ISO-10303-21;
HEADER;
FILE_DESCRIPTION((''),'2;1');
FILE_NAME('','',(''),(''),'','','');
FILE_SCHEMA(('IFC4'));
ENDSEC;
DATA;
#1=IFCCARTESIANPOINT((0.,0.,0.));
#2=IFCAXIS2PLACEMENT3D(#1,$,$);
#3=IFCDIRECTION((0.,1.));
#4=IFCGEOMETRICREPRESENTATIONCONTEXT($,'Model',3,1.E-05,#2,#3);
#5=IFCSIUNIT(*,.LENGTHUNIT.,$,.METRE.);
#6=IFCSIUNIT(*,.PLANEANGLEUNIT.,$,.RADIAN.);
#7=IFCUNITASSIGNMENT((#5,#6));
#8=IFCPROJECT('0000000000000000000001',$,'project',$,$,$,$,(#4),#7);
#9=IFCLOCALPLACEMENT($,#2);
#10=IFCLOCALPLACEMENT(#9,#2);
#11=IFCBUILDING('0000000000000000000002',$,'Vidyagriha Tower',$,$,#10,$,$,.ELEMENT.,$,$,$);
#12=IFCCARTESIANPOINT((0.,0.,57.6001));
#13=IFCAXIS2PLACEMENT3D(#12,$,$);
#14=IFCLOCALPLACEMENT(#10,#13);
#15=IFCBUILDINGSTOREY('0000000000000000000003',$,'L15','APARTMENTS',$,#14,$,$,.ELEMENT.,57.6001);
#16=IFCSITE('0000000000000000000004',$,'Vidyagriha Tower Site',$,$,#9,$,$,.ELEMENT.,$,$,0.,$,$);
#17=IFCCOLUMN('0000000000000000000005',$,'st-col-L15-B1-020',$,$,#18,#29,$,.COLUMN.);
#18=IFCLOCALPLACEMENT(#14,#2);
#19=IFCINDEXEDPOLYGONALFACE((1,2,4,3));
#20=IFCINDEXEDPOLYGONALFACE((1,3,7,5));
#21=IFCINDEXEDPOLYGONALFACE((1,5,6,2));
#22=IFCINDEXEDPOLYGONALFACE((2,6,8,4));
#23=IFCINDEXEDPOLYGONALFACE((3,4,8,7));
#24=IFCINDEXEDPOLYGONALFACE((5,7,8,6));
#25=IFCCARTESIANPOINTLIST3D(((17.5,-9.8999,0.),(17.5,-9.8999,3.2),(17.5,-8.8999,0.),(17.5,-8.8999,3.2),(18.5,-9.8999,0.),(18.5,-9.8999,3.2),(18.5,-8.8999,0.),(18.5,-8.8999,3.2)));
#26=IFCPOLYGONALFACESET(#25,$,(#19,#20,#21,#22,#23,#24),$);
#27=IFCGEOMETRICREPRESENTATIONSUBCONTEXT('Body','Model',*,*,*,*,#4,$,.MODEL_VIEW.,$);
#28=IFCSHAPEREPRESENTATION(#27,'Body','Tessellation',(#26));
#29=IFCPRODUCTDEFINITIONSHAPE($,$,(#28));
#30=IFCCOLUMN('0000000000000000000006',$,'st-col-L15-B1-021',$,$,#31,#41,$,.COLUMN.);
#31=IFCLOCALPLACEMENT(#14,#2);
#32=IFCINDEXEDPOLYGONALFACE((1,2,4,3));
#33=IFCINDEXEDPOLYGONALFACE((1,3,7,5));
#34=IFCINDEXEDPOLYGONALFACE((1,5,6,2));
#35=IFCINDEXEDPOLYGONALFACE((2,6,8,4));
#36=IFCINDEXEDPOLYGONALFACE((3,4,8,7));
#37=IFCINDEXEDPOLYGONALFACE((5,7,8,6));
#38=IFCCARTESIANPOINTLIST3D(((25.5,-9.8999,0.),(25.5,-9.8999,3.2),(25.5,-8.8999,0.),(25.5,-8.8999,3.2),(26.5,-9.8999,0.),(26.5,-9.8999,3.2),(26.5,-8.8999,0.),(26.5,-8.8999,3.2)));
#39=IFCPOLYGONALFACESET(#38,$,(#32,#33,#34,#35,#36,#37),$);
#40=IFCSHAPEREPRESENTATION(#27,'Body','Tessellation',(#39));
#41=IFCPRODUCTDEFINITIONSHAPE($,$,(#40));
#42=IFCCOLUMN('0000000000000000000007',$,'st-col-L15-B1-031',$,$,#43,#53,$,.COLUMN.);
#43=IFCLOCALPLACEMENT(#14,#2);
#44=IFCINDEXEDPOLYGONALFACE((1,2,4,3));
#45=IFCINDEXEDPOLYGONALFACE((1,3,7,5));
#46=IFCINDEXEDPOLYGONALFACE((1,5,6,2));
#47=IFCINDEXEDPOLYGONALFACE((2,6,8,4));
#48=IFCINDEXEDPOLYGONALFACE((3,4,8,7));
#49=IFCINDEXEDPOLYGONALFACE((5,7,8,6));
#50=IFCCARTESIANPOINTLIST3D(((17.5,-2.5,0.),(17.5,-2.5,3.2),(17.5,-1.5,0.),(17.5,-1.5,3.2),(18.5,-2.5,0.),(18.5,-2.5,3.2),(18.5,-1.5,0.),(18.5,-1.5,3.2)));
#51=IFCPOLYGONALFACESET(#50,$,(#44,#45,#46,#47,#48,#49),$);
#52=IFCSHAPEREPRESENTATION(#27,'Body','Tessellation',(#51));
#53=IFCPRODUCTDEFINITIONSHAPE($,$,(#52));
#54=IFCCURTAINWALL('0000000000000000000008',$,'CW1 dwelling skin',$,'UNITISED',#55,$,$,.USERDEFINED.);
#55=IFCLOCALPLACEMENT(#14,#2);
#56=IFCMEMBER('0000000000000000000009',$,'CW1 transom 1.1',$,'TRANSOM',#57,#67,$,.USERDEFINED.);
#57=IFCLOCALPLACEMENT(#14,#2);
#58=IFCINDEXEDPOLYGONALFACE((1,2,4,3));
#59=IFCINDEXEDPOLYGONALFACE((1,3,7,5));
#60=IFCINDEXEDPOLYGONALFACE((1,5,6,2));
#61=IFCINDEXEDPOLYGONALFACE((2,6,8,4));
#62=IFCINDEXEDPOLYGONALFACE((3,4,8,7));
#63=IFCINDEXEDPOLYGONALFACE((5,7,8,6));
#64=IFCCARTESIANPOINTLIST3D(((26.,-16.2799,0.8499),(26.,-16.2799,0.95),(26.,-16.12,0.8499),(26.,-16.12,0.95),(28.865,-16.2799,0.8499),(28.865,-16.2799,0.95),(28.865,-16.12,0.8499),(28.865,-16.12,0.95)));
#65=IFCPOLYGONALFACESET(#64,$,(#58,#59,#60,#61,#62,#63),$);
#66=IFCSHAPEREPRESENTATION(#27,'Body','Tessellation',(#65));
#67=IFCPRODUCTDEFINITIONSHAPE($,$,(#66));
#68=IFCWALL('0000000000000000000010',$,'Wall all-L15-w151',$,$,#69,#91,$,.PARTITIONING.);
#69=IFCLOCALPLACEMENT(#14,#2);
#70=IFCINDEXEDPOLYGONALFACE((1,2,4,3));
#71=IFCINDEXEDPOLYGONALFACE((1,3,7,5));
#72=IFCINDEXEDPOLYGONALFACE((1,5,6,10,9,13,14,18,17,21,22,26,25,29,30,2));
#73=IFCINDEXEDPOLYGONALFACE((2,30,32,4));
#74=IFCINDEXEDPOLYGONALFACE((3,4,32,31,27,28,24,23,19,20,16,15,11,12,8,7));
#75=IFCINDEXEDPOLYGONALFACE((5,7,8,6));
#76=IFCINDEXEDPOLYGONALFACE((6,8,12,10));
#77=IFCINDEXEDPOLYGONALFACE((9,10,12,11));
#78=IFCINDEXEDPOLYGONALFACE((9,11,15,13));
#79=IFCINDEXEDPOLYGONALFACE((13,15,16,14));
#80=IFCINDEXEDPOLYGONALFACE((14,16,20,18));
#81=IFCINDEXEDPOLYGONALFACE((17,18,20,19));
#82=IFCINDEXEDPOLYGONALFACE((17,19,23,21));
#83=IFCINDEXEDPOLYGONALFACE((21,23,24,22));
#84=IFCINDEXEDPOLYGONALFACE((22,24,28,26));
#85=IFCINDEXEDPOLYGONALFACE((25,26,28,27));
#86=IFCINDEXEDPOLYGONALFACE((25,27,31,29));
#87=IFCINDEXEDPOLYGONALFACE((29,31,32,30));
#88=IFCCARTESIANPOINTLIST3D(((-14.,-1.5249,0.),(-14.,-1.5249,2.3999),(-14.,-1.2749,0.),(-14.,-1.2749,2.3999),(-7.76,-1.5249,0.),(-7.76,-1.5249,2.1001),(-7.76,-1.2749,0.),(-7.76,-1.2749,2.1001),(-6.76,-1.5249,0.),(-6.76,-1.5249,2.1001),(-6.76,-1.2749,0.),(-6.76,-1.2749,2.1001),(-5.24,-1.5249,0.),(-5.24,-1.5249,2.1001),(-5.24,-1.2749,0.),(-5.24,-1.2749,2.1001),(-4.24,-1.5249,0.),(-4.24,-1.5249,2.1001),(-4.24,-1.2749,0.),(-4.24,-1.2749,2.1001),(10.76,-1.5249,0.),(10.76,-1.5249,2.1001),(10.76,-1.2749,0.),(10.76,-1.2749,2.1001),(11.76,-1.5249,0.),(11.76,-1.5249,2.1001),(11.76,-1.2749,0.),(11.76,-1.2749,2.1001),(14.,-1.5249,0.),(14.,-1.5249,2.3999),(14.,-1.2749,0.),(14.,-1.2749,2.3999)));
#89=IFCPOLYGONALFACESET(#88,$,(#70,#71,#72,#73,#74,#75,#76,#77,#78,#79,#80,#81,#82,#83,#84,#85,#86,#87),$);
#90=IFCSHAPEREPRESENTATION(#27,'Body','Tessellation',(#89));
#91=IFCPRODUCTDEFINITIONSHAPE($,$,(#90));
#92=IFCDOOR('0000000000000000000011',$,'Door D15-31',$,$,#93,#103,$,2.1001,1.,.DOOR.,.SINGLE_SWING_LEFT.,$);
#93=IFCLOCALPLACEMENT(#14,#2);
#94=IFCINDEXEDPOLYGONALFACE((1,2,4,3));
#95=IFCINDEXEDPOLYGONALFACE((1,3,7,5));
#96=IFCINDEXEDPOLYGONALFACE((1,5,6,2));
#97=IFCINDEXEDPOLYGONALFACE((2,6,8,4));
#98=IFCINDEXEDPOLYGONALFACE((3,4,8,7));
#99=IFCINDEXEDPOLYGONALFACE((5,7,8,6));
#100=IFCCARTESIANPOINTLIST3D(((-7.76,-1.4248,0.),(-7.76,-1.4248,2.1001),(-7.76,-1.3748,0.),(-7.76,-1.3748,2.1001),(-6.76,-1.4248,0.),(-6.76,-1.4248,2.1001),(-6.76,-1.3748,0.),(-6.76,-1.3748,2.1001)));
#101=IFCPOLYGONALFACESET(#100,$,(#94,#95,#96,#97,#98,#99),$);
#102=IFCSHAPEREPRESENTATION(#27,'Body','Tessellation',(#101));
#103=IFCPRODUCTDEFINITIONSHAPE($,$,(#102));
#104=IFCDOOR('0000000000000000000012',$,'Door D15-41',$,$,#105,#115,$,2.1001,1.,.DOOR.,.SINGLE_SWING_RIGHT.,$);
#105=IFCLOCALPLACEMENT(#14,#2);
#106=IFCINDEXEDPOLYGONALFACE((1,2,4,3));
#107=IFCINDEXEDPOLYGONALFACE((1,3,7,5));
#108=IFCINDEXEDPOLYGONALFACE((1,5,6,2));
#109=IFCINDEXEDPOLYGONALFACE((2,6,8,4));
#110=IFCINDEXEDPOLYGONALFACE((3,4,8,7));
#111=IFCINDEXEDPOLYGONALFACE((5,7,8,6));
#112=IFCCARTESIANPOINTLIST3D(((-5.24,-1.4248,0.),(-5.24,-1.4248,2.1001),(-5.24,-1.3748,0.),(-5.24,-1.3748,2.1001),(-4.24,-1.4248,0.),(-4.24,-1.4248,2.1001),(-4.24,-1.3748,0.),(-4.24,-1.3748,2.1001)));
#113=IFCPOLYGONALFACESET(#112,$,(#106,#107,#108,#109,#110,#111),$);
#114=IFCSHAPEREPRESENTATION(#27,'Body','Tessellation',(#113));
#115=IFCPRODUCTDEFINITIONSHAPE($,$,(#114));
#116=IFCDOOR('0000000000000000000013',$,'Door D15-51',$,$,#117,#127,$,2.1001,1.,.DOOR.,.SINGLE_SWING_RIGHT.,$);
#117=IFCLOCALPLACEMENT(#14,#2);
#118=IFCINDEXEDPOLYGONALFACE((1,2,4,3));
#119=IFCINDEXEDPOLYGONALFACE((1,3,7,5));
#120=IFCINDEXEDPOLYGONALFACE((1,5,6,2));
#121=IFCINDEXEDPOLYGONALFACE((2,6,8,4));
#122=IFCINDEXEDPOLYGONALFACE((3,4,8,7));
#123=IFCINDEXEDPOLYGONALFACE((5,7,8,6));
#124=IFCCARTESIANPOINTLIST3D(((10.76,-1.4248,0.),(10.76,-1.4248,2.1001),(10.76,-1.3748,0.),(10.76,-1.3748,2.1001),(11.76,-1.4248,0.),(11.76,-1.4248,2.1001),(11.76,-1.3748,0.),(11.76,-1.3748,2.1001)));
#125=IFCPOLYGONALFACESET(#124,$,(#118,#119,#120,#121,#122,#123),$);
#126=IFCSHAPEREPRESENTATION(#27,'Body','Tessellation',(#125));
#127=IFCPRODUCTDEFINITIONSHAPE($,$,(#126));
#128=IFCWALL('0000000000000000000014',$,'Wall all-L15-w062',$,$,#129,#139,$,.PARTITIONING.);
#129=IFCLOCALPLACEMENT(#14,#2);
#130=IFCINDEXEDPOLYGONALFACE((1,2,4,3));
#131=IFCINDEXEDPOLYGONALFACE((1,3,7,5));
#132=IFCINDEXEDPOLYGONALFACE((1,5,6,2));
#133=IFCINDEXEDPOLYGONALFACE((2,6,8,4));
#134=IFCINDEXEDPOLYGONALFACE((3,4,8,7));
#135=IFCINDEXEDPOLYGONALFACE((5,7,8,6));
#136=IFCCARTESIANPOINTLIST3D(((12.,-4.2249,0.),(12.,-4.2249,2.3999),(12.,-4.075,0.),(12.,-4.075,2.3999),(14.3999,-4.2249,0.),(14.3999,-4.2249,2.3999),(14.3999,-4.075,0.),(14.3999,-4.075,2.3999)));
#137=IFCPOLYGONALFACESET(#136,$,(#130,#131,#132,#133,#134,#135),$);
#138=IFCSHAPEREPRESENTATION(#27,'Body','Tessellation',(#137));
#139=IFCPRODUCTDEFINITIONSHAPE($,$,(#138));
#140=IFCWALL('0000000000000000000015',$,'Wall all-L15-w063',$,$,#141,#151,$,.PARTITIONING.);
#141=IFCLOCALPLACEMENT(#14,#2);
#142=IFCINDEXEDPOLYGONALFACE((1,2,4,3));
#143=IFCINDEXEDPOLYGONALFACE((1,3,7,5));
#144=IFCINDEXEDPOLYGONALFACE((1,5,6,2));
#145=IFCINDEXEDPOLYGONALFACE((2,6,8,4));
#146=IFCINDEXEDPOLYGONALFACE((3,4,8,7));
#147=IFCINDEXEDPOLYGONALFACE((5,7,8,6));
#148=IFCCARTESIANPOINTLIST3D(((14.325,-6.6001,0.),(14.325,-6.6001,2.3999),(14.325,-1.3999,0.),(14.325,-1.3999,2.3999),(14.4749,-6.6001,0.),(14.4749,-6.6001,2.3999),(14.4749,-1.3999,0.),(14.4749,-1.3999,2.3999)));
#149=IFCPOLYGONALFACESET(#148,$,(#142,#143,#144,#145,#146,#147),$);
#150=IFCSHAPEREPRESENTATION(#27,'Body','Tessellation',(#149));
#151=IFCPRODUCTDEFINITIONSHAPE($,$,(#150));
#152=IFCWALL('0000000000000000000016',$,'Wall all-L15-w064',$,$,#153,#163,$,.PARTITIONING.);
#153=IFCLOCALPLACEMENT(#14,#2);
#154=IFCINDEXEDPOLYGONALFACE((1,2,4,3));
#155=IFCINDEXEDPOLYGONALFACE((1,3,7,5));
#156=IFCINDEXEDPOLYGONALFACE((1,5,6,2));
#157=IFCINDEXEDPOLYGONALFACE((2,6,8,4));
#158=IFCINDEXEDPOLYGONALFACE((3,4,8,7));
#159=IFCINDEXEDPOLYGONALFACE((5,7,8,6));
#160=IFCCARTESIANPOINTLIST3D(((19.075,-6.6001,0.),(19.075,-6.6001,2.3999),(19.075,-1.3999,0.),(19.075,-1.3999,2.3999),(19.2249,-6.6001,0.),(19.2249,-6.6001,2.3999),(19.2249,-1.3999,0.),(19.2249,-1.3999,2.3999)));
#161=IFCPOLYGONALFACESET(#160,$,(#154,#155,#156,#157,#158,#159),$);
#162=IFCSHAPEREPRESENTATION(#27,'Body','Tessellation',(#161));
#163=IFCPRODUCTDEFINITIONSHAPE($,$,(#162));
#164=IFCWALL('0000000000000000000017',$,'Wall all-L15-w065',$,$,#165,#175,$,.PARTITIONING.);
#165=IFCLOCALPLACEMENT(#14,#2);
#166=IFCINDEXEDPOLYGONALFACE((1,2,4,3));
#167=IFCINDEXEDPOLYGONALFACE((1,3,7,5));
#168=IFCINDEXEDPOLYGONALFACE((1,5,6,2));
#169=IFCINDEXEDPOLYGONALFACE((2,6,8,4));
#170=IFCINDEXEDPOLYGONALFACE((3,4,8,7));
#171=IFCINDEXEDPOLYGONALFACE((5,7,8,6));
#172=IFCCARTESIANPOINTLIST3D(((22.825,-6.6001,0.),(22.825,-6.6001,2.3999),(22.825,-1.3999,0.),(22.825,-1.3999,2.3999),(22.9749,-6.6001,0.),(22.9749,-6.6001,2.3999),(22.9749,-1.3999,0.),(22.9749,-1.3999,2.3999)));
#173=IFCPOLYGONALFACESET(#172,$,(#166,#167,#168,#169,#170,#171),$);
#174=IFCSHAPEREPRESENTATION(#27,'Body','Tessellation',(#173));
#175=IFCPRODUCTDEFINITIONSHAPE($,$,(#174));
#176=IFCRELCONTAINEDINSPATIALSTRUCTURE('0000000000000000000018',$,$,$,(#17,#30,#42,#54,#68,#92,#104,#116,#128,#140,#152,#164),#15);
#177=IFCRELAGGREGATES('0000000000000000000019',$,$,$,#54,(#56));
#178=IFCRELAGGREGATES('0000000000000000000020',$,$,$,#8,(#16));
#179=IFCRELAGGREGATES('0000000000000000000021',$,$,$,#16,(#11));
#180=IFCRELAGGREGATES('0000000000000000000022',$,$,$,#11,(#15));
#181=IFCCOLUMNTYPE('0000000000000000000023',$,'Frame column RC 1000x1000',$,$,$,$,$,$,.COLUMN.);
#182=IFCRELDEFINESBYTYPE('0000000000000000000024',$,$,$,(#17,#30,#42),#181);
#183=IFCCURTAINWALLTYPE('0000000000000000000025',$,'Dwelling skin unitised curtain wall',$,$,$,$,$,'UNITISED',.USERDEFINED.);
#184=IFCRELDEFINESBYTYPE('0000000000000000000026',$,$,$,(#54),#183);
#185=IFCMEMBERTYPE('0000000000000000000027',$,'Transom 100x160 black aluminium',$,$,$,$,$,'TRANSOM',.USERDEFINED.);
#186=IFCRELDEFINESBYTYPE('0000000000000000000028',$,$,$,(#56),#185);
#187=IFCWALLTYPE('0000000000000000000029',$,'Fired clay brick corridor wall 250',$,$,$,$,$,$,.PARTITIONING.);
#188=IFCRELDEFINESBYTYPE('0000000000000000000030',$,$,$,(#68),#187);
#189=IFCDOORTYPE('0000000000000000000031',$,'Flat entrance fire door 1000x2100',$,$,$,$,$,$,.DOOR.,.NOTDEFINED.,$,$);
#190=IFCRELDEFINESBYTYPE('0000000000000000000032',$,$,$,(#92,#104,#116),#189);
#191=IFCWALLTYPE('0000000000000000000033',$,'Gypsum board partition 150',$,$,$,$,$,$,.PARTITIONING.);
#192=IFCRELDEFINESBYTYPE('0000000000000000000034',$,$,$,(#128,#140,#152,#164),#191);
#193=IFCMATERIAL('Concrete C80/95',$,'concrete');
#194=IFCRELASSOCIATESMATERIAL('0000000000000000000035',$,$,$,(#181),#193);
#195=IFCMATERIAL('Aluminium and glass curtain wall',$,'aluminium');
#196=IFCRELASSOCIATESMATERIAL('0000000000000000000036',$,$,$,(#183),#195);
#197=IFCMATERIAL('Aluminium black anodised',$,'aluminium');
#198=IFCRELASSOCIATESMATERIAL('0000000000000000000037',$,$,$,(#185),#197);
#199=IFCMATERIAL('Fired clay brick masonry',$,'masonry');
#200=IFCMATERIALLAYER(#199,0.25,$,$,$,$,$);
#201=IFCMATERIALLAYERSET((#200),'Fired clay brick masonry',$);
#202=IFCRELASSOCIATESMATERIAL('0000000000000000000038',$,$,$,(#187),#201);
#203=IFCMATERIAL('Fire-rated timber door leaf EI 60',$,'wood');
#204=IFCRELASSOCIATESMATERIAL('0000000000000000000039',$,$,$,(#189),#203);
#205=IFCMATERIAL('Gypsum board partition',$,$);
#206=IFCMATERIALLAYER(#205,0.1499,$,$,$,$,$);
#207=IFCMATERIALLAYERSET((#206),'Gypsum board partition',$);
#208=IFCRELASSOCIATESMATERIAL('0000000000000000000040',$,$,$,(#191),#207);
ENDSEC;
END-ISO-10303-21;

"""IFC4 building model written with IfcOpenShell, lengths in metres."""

from ifc_helpers import new_model, si_unit, direction, frame, frame_2d, origin, origin_2d, place, context, subcontext, project, spatial, rectangle, extrude, material, layer, layer_set, material_profile, profile_set, type_object, element, fill, aggregate, save


model = new_model("IFC4")

# Units and contexts
model_context = context("Model", 3, precision=1e-05, world=origin(), true_north=direction((0.0, 1.0)))
body_context = subcontext(model_context, "Body", "Model", "MODEL_VIEW")
ifc_project = project(units=[si_unit("LENGTHUNIT", "METRE"), si_unit("PLANEANGLEUNIT", "RADIAN")], contexts=[model_context])

# Site, building, storey
site_placement = place(None, origin())
site = spatial("IfcSite", under=ifc_project, at=site_placement, Name="Vidyagriha Tower Site", CompositionType="ELEMENT", RefElevation=0.0)
building_placement = place(site_placement, origin())
building = spatial("IfcBuilding", under=site, at=building_placement, Name="Vidyagriha Tower", CompositionType="ELEMENT")
storey_placement = place(building_placement, frame((0.0, 0.0, 57.6001)))
storey = spatial("IfcBuildingStorey", under=building, at=storey_placement, Name="L15", Description="APARTMENTS", CompositionType="ELEMENT", Elevation=57.6001)

# Columns
ifc_material_1 = material(Name="Concrete C80/95", Category="concrete")
ifc_material_profile_1 = material_profile(ifc_material_1, rectangle(XDim=1.0, YDim=1.0, at=origin_2d()), Name="RC 1000x1000")
ifc_profile_set_1 = profile_set([ifc_material_profile_1], Name="Concrete C80/95")
column_type = type_object("IfcColumnType", Name="Frame column RC 1000x1000", PredefinedType="COLUMN", material=ifc_profile_set_1)
for number, where, name in (
    (1, (18.0, -9.3999, 0.0), "st-col-L15-B1-020"),
    (2, (26.0, -9.3999, 0.0), "st-col-L15-B1-021"),
    (3, (18.0, -2.0, 0.0), "st-col-L15-B1-031"),
):
    element("IfcColumn", number, at=place(storey_placement, frame(where)), inside=storey, type_object=column_type, Name=name, PredefinedType="COLUMN", context=body_context, shape_type="SweptSolid", body=[
        extrude(rectangle(XDim=1.0, YDim=1.0, at=origin_2d()), origin(), (0.0, 0.0, 1.0), 3.2),
    ])

# Curtain wall, member
ifc_material_2 = material(Name="Aluminium and glass curtain wall", Category="aluminium")
curtain_wall_type = type_object("IfcCurtainWallType", Name="Dwelling skin unitised curtain wall", ElementType="UNITISED", PredefinedType="USERDEFINED", material=ifc_material_2)
curtain_wall_placement = place(storey_placement, origin())
curtain_wall = element("IfcCurtainWall", 4, at=curtain_wall_placement, inside=storey, type_object=curtain_wall_type, Name="CW1 dwelling skin", ObjectType="UNITISED", PredefinedType="USERDEFINED")
ifc_material_3 = material(Name="Aluminium black anodised", Category="aluminium")
ifc_material_profile_2 = material_profile(ifc_material_3, rectangle(XDim=0.1599, YDim=0.1001, at=origin_2d()), Name="Transom 100x160 black aluminium")
ifc_profile_set_2 = profile_set([ifc_material_profile_2], Name="Aluminium black anodised")
member_type = type_object("IfcMemberType", Name="Transom 100x160 black aluminium", ElementType="TRANSOM", PredefinedType="USERDEFINED", material=ifc_profile_set_2)
member_placement = place(storey_placement, frame((26.0, -16.2, 0.8999), z_axis=(1.0, 0.0, 0.0), x_axis=(0.0, 1.0, 0.0)))
member = element("IfcMember", 5, at=member_placement, type_object=member_type, Name="CW1 transom 1.1", ObjectType="TRANSOM", PredefinedType="USERDEFINED", context=body_context, shape_type="SweptSolid", body=[
    extrude(rectangle(XDim=0.1599, YDim=0.1001, at=origin_2d()), origin(), (0.0, 0.0, 1.0), 2.865),
])
aggregate(curtain_wall, [member])

# Wall, openings, doors
ifc_material_4 = material(Name="Fired clay brick masonry", Category="masonry")
ifc_layer_1 = layer(ifc_material_4, 0.25)
ifc_layer_set_1 = layer_set([ifc_layer_1], Name="Fired clay brick masonry")
wall_type_1 = type_object("IfcWallType", Name="Fired clay brick corridor wall 250", PredefinedType="PARTITIONING", material=ifc_layer_set_1)
wall_1_placement = place(storey_placement, frame((14.0, -1.3999, 0.0), z_axis=(0.0, 0.0, 1.0), x_axis=(-1.0, 0.0, 0.0)))
wall_1 = element("IfcWall", 6, at=wall_1_placement, inside=storey, type_object=wall_type_1, Name="Wall all-L15-w151", PredefinedType="PARTITIONING", context=body_context, shape_type="SweptSolid", body=[
    extrude(rectangle(XDim=28.0, YDim=0.25, at=frame_2d((14.0, 0.0))), origin(), (0.0, 0.0, 1.0), 2.3999),
])
opening_1_placement = place(wall_1_placement, frame((20.76, 0.0, 0.0)))
opening_1 = element("IfcOpeningElement", 7, at=opening_1_placement, cuts=wall_1, PredefinedType="OPENING", context=body_context, shape_type="SweptSolid", body=[
    extrude(rectangle(XDim=1.0, YDim=2.1001, at=frame_2d((0.5, 1.05))), frame((0.0, 0.135, 0.0), z_axis=(0.0, -1.0, 0.0), x_axis=(1.0, 0.0, 0.0)), (0.0, 0.0, 1.0), 0.27),
])
opening_2_placement = place(wall_1_placement, frame((18.24, 0.0, 0.0)))
opening_2 = element("IfcOpeningElement", 8, at=opening_2_placement, cuts=wall_1, PredefinedType="OPENING", context=body_context, shape_type="SweptSolid", body=[
    extrude(rectangle(XDim=1.0, YDim=2.1001, at=frame_2d((0.5, 1.05))), frame((0.0, 0.135, 0.0), z_axis=(0.0, -1.0, 0.0), x_axis=(1.0, 0.0, 0.0)), (0.0, 0.0, 1.0), 0.27),
])
opening_3_placement = place(wall_1_placement, frame((2.24, 0.0, 0.0)))
opening_3 = element("IfcOpeningElement", 9, at=opening_3_placement, cuts=wall_1, PredefinedType="OPENING", context=body_context, shape_type="SweptSolid", body=[
    extrude(rectangle(XDim=1.0, YDim=2.1001, at=frame_2d((0.5, 1.05))), frame((0.0, 0.135, 0.0), z_axis=(0.0, -1.0, 0.0), x_axis=(1.0, 0.0, 0.0)), (0.0, 0.0, 1.0), 0.27),
])
ifc_material_5 = material(Name="Fire-rated timber door leaf EI 60", Category="wood")
door_type_1 = type_object("IfcDoorType", Name="Flat entrance fire door 1000x2100", OperationType="NOTDEFINED", PredefinedType="DOOR", material=ifc_material_5)
door_1_placement = place(opening_1_placement, origin())
door_1 = element("IfcDoor", 10, at=door_1_placement, inside=storey, type_object=door_type_1, Name="Door D15-31", OperationType="SINGLE_SWING_LEFT", OverallHeight=2.1001, OverallWidth=1.0, PredefinedType="DOOR", context=body_context, shape_type="SweptSolid", body=[
    extrude(rectangle(XDim=1.0, YDim=2.1001, at=frame_2d((0.5, 1.05))), frame((0.0, 0.0249, 0.0), z_axis=(0.0, -1.0, 0.0), x_axis=(1.0, 0.0, 0.0)), (0.0, 0.0, 1.0), 0.05),
])
fill(opening_1, door_1)
door_2_placement = place(opening_2_placement, origin())
door_2 = element("IfcDoor", 11, at=door_2_placement, inside=storey, type_object=door_type_1, Name="Door D15-41", OperationType="SINGLE_SWING_RIGHT", OverallHeight=2.1001, OverallWidth=1.0, PredefinedType="DOOR", context=body_context, shape_type="SweptSolid", body=[
    extrude(rectangle(XDim=1.0, YDim=2.1001, at=frame_2d((0.5, 1.05))), frame((0.0, 0.0249, 0.0), z_axis=(0.0, -1.0, 0.0), x_axis=(1.0, 0.0, 0.0)), (0.0, 0.0, 1.0), 0.05),
])
fill(opening_2, door_2)
door_3_placement = place(opening_3_placement, origin())
door_3 = element("IfcDoor", 12, at=door_3_placement, inside=storey, type_object=door_type_1, Name="Door D15-51", OperationType="SINGLE_SWING_RIGHT", OverallHeight=2.1001, OverallWidth=1.0, PredefinedType="DOOR", context=body_context, shape_type="SweptSolid", body=[
    extrude(rectangle(XDim=1.0, YDim=2.1001, at=frame_2d((0.5, 1.05))), frame((0.0, 0.0249, 0.0), z_axis=(0.0, -1.0, 0.0), x_axis=(1.0, 0.0, 0.0)), (0.0, 0.0, 1.0), 0.05),
])
fill(opening_3, door_3)

# Walls
ifc_material_6 = material(Name="Gypsum board partition")
ifc_layer_2 = layer(ifc_material_6, 0.1499)
ifc_layer_set_2 = layer_set([ifc_layer_2], Name="Gypsum board partition")
wall_type_2 = type_object("IfcWallType", Name="Gypsum board partition 150", PredefinedType="PARTITIONING", material=ifc_layer_set_2)
wall_2_placement = place(storey_placement, frame((14.3999, -4.1499, 0.0), z_axis=(0.0, 0.0, 1.0), x_axis=(-1.0, 0.0, 0.0)))
element("IfcWall", 13, at=wall_2_placement, inside=storey, type_object=wall_type_2, Name="Wall all-L15-w062", PredefinedType="PARTITIONING", context=body_context, shape_type="SweptSolid", body=[
    extrude(rectangle(XDim=2.3999, YDim=0.1499, at=frame_2d((1.2, 0.0))), origin(), (0.0, 0.0, 1.0), 2.3999),
])
for number, where, z_axis, x_axis, name in (
    (14, (14.3999, -1.3999, 0.0), (0.0, 0.0, 1.0), (0.0, -1.0, 0.0), "Wall all-L15-w063"),
    (15, (19.1499, -1.3999, 0.0), (0.0, 0.0, 1.0), (0.0, -1.0, 0.0), "Wall all-L15-w064"),
    (16, (22.8999, -1.3999, 0.0), (0.0, 0.0, 1.0), (0.0, -1.0, 0.0), "Wall all-L15-w065"),
):
    element("IfcWall", number, at=place(storey_placement, frame(where, z_axis=z_axis, x_axis=x_axis)), inside=storey, type_object=wall_type_2, Name=name, PredefinedType="PARTITIONING", context=body_context, shape_type="SweptSolid", body=[
        extrude(rectangle(XDim=5.2002, YDim=0.1499, at=frame_2d((2.6001, 0.0))), origin(), (0.0, 0.0, 1.0), 2.3999),
    ])

save(model, "model.ifc")
